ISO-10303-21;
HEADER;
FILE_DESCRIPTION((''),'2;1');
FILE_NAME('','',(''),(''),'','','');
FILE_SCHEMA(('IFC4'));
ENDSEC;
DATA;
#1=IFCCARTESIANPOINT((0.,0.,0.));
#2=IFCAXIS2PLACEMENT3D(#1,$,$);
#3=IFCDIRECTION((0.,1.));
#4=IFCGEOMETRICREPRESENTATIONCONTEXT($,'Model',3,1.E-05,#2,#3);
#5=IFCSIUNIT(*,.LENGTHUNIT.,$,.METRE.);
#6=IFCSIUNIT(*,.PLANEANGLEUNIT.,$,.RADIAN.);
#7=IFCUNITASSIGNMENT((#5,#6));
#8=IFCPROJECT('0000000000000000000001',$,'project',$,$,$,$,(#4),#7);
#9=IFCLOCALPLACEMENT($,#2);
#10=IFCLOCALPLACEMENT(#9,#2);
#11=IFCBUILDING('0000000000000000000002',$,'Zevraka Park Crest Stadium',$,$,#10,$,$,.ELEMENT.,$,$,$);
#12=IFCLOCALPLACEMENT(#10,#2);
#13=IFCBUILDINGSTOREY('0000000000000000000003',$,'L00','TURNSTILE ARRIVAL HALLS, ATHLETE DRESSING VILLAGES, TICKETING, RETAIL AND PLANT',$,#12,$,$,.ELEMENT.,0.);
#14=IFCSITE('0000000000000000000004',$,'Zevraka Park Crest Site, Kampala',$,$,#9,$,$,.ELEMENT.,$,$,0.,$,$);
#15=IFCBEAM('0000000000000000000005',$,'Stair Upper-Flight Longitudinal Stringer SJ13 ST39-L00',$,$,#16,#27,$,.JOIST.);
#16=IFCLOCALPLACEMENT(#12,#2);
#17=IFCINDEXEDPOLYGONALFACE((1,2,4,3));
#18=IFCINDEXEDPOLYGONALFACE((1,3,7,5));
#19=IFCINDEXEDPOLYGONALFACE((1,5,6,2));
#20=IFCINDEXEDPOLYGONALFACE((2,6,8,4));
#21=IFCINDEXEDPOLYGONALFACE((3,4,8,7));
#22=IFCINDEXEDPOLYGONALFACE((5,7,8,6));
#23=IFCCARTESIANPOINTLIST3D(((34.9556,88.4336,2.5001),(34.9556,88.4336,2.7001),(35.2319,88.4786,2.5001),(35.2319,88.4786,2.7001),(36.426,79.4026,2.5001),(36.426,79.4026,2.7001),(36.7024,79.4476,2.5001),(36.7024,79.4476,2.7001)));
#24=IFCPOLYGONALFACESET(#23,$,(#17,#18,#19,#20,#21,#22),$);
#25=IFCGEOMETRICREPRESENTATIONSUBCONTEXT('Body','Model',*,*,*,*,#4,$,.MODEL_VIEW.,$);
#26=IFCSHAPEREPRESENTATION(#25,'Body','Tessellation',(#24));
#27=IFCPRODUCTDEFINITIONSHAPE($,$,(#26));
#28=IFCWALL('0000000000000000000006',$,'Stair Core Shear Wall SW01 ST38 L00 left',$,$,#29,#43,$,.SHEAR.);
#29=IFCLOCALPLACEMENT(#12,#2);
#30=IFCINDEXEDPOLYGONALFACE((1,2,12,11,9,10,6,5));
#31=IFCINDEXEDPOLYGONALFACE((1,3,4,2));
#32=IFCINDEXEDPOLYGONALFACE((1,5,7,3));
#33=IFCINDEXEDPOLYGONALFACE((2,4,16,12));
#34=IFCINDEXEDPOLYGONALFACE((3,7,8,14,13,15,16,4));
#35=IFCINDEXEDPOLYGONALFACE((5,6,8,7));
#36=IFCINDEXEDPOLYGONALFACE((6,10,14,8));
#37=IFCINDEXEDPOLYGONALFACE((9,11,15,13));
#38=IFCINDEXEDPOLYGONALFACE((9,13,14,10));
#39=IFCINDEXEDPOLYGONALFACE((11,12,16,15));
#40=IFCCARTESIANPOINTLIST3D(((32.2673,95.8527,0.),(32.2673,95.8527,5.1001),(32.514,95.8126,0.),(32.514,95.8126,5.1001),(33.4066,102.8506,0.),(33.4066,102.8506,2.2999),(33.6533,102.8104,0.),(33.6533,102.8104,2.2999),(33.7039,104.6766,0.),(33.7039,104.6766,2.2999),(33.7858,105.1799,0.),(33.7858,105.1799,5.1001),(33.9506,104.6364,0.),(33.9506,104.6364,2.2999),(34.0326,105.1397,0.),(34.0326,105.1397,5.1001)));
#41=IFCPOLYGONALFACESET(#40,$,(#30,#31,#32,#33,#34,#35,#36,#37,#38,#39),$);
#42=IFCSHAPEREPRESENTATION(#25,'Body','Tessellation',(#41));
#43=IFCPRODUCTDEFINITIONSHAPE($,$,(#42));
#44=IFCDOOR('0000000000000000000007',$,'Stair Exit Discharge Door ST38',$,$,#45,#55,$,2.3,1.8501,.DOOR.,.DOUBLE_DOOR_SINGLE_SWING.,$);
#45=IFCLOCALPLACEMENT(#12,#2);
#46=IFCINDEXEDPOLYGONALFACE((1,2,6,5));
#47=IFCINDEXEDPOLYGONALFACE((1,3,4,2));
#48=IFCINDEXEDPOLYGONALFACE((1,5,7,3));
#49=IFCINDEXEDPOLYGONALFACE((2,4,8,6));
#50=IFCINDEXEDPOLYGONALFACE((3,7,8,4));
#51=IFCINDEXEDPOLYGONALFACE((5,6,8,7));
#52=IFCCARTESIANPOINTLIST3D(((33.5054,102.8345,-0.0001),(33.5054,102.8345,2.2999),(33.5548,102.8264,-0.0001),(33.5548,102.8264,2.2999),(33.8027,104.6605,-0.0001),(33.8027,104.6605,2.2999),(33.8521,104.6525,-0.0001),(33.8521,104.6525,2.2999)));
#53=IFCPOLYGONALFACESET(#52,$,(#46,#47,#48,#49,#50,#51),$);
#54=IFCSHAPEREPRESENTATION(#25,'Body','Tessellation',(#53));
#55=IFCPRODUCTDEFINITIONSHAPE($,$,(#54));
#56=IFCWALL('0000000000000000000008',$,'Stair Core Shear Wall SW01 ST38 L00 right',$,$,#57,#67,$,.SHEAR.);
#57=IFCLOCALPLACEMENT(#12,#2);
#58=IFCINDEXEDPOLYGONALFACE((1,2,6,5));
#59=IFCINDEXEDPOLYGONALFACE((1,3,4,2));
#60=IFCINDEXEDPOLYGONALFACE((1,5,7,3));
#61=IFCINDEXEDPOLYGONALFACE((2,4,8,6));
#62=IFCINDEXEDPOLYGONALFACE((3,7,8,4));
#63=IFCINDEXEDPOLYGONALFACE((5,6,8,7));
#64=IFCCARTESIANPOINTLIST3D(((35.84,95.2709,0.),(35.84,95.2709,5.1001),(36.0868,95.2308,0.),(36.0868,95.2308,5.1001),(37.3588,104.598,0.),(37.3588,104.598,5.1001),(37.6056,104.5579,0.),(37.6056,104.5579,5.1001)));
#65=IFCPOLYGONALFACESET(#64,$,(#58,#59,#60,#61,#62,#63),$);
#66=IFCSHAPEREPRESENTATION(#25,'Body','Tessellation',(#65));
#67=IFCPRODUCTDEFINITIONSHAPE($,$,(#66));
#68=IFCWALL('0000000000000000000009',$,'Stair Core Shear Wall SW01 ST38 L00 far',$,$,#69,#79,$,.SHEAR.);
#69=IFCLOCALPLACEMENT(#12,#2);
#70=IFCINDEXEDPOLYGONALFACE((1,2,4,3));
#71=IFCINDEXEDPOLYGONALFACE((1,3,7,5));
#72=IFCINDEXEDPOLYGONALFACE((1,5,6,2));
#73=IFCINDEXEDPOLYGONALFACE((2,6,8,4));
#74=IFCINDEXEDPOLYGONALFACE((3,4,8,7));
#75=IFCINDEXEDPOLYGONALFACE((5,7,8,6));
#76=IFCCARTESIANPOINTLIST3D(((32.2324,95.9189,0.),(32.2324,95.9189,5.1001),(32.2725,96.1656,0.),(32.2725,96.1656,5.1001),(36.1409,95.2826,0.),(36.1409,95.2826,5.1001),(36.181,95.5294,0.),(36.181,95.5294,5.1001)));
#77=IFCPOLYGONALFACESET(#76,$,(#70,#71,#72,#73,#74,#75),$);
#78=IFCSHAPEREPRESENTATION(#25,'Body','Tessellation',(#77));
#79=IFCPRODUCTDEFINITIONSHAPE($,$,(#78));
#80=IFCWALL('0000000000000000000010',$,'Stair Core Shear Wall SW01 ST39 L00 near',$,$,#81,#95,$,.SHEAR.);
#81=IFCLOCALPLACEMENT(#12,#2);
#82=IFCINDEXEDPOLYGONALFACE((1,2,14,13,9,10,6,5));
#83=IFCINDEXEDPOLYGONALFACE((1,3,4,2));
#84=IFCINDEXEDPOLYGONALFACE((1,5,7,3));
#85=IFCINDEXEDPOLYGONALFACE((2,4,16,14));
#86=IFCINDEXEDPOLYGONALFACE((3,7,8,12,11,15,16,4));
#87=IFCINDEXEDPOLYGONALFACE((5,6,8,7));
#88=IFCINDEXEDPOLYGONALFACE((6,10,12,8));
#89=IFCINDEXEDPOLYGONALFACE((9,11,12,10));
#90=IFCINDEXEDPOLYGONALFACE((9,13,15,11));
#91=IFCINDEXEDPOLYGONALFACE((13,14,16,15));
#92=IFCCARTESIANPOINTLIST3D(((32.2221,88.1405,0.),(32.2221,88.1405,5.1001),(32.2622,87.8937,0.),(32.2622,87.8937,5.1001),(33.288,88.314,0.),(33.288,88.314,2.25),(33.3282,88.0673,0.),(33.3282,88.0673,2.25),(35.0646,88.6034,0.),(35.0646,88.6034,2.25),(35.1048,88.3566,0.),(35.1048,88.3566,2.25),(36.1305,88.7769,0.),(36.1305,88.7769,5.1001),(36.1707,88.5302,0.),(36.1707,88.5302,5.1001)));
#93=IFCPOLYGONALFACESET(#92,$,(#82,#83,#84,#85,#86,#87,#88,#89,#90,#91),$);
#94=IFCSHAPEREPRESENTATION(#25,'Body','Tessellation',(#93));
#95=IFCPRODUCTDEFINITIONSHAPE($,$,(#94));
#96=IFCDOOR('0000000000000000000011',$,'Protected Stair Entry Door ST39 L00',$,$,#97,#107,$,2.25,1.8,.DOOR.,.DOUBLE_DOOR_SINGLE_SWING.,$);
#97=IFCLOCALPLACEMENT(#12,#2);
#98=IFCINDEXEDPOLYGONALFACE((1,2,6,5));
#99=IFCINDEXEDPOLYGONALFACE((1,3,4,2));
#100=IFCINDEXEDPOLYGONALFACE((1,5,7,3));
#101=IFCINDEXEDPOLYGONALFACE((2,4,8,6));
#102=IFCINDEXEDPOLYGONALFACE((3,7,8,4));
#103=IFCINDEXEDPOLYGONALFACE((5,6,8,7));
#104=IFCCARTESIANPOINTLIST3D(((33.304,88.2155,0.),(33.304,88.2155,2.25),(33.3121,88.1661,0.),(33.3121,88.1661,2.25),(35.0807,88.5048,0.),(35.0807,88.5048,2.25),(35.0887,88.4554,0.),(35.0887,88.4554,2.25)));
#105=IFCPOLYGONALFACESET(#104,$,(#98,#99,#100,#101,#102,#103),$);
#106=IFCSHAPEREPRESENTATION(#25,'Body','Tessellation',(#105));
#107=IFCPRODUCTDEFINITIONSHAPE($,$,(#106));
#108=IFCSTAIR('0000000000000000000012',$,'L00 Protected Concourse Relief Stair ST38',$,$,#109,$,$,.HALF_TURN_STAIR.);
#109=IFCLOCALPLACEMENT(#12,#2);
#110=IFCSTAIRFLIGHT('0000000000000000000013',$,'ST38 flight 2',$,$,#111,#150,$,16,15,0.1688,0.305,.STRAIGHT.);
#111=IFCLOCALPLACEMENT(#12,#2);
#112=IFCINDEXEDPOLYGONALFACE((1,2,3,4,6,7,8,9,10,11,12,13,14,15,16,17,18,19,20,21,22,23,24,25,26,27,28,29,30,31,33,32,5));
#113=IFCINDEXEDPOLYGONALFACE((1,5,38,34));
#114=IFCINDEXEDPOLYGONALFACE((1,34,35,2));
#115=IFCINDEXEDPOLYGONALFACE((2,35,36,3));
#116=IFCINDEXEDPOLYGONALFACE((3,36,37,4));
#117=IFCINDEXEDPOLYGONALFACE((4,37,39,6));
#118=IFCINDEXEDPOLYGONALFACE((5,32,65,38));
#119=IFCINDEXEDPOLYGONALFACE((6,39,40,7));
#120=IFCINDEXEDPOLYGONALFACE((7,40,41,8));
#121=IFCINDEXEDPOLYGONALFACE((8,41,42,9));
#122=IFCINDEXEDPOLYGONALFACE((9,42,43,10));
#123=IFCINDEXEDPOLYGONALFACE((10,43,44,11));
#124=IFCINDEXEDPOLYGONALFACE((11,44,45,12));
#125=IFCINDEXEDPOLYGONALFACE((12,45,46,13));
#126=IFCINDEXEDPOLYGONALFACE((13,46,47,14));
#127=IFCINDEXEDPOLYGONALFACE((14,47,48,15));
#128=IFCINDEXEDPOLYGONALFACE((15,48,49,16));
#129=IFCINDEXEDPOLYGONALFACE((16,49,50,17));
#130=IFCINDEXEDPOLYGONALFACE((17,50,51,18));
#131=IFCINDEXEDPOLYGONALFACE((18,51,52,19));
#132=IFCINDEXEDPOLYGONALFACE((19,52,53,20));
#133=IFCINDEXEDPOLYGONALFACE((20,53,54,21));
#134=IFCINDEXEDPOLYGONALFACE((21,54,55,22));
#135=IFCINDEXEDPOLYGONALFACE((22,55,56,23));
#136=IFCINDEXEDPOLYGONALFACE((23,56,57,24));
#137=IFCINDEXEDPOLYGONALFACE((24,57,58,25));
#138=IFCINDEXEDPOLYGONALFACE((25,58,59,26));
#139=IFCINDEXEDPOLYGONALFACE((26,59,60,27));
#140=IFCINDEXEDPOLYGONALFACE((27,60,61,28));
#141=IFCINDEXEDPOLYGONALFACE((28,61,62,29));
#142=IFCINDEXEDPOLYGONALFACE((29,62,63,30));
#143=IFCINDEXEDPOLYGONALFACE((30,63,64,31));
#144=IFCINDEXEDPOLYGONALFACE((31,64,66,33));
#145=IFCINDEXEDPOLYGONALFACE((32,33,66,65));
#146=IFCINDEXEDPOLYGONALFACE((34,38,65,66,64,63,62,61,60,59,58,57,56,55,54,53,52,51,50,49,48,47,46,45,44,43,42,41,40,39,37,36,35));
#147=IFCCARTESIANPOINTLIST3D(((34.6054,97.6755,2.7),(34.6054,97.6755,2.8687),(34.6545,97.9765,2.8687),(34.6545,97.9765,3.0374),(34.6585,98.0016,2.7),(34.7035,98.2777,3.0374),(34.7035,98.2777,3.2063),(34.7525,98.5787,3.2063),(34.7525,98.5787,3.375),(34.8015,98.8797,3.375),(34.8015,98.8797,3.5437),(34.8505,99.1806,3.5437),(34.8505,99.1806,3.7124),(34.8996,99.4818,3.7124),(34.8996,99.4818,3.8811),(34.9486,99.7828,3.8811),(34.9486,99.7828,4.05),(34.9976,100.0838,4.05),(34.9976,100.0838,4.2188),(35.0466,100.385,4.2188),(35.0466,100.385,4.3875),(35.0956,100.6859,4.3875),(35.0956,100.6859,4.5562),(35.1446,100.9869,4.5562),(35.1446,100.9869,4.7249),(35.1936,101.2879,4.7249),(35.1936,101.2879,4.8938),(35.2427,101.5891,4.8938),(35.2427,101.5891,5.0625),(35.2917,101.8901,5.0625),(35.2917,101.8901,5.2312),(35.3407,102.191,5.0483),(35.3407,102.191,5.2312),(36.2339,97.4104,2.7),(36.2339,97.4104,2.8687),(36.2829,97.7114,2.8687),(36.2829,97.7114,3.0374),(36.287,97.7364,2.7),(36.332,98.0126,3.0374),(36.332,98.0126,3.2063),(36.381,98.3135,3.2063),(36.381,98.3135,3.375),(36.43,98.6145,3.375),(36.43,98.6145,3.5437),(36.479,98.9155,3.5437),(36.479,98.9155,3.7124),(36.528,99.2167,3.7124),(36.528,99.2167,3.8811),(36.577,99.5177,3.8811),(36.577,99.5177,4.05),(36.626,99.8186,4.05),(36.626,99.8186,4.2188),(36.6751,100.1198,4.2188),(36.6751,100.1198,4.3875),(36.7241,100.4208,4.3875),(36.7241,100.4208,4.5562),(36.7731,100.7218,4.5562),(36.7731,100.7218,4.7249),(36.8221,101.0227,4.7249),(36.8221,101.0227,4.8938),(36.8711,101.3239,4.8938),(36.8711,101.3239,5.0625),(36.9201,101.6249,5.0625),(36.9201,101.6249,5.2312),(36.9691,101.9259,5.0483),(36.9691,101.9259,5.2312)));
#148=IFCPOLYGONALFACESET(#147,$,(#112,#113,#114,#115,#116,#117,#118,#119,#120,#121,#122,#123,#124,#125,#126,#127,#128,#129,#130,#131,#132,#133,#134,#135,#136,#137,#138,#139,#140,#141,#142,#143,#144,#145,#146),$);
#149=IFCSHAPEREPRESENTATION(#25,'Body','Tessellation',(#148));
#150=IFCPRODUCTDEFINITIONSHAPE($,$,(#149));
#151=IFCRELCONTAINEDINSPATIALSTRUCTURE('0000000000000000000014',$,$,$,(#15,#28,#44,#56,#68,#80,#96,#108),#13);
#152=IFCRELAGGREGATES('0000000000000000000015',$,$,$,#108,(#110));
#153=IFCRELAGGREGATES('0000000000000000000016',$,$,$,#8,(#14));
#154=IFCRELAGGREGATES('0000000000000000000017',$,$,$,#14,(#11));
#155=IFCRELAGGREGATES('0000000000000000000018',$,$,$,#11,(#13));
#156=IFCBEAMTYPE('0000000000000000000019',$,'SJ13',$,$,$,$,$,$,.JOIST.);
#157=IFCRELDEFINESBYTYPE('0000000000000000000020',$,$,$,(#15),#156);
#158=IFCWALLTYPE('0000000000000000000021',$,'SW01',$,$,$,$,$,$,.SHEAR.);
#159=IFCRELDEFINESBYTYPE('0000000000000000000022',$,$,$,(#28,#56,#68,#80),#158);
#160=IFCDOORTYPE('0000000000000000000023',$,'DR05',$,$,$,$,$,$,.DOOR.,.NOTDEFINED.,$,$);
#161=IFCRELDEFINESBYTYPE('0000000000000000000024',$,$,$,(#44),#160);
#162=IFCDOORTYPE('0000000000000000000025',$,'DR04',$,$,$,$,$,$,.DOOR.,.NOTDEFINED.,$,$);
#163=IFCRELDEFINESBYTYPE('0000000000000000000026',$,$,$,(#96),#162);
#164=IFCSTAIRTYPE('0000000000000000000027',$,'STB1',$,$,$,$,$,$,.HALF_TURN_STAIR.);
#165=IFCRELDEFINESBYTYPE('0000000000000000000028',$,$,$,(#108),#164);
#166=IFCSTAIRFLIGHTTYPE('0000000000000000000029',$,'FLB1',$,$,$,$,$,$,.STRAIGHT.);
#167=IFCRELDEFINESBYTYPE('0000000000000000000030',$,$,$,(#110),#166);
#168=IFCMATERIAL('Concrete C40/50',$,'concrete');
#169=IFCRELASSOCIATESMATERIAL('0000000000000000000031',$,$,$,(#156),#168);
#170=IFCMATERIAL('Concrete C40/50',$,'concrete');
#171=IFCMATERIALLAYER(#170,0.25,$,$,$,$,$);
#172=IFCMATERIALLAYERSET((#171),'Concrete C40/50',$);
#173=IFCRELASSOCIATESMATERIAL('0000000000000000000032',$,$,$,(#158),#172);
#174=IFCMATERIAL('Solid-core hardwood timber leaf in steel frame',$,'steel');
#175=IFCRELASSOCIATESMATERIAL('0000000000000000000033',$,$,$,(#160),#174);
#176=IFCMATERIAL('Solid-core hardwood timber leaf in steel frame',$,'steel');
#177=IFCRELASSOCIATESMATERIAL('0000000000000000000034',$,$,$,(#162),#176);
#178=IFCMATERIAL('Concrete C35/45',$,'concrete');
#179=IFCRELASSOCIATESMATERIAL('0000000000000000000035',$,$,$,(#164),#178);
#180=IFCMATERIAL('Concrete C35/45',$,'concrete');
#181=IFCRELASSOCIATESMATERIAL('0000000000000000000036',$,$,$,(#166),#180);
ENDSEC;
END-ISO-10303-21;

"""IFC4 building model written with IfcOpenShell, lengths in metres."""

from ifc_helpers import new_model, si_unit, direction, frame, frame_2d, origin, origin_2d, place, context, subcontext, project, spatial, polyline, rectangle, outline, extrude, material, layer, layer_set, material_profile, profile_set, type_object, element, fill, aggregate, save


model = new_model("IFC4")

# Units and contexts
model_context = context("Model", 3, precision=1e-05, world=origin(), true_north=direction((0.0, 1.0)))
body_context = subcontext(model_context, "Body", "Model", "MODEL_VIEW")
ifc_project = project(units=[si_unit("LENGTHUNIT", "METRE"), si_unit("PLANEANGLEUNIT", "RADIAN")], contexts=[model_context])

# Site, building, storey
site_placement = place(None, origin())
site = spatial("IfcSite", under=ifc_project, at=site_placement, Name="Zevraka Park Crest Site, Kampala", CompositionType="ELEMENT", RefElevation=0.0)
building_placement = place(site_placement, origin())
building = spatial("IfcBuilding", under=site, at=building_placement, Name="Zevraka Park Crest Stadium", CompositionType="ELEMENT")
storey_placement = place(building_placement, origin())
storey = spatial("IfcBuildingStorey", under=building, at=storey_placement, Name="L00", Description="TURNSTILE ARRIVAL HALLS, ATHLETE DRESSING VILLAGES, TICKETING, RETAIL AND PLANT", CompositionType="ELEMENT", Elevation=0.0)

# Beam
ifc_material_1 = material(Name="Concrete C40/50", Category="concrete")
ifc_material_profile_1 = material_profile(ifc_material_1, rectangle(XDim=0.28, YDim=0.2, at=origin_2d()), Name="RC 200x280")
ifc_profile_set_1 = profile_set([ifc_material_profile_1], Name="Concrete C40/50")
beam_type = type_object("IfcBeamType", Name="SJ13", PredefinedType="JOIST", material=ifc_profile_set_1)
beam_placement = place(storey_placement, frame((35.0938, 88.4561, 2.6001), z_axis=(0.160707, -0.987002, 0.0), x_axis=(0.987002, 0.160707, 0.0)))
element("IfcBeam", 1, at=beam_placement, inside=storey, type_object=beam_type, Name="Stair Upper-Flight Longitudinal Stringer SJ13 ST39-L00", PredefinedType="JOIST", context=body_context, shape_type="SweptSolid", body=[
    extrude(rectangle(XDim=0.28, YDim=0.2, at=origin_2d()), origin(), (0.0, 0.0, 1.0), 9.1499),
])

# Wall, opening, door
ifc_material_2 = material(Name="Concrete C40/50", Category="concrete")
ifc_layer = layer(ifc_material_2, 0.25)
ifc_layer_set = layer_set([ifc_layer], Name="Concrete C40/50")
wall_type = type_object("IfcWallType", Name="SW01", PredefinedType="SHEAR", material=ifc_layer_set)
wall_1_placement = place(storey_placement, frame((32.3906, 95.8325, 0.0), z_axis=(0.0, 0.0, 1.0), x_axis=(0.160694, 0.987004, 0.0)))
wall_1 = element("IfcWall", 2, at=wall_1_placement, inside=storey, type_object=wall_type, Name="Stair Core Shear Wall SW01 ST38 L00 left", PredefinedType="SHEAR", context=body_context, shape_type="SweptSolid", body=[
    extrude(rectangle(XDim=9.45, YDim=0.25, at=frame_2d((4.7251, 0.0))), origin(), (0.0, 0.0, 1.0), 5.1001),
])
opening_1_placement = place(wall_1_placement, frame((7.0901, 0.0, 0.0)))
opening_1 = element("IfcOpeningElement", 3, at=opening_1_placement, cuts=wall_1, PredefinedType="OPENING", context=body_context, shape_type="SweptSolid", body=[
    extrude(rectangle(XDim=1.8501, YDim=2.3, at=frame_2d((0.925, 1.1499))), frame((0.0, 0.135, 0.0), z_axis=(0.0, -1.0, 0.0), x_axis=(1.0, 0.0, 0.0)), (0.0, 0.0, 1.0), 0.27),
])
ifc_material_3 = material(Name="Solid-core hardwood timber leaf in steel frame", Category="steel")
door_type_1 = type_object("IfcDoorType", Name="DR05", OperationType="NOTDEFINED", PredefinedType="DOOR", material=ifc_material_3)
door_1_placement = place(opening_1_placement, origin())
door_1 = element("IfcDoor", 4, at=door_1_placement, inside=storey, type_object=door_type_1, Name="Stair Exit Discharge Door ST38", OperationType="DOUBLE_DOOR_SINGLE_SWING", OverallHeight=2.3, OverallWidth=1.8501, PredefinedType="DOOR", context=body_context, shape_type="SweptSolid", body=[
    extrude(rectangle(XDim=1.8501, YDim=2.3, at=frame_2d((0.925, 1.1499))), frame((0.0, 0.0249, 0.0), z_axis=(0.0, -1.0, 0.0), x_axis=(1.0, 0.0, 0.0)), (0.0, 0.0, 1.0), 0.05),
])
fill(opening_1, door_1)

# Walls
wall_2_placement = place(storey_placement, frame((35.9634, 95.2507, 0.0), z_axis=(0.0, 0.0, 1.0), x_axis=(0.160719, 0.987, 0.0)))
element("IfcWall", 5, at=wall_2_placement, inside=storey, type_object=wall_type, Name="Stair Core Shear Wall SW01 ST38 L00 right", PredefinedType="SHEAR", context=body_context, shape_type="SweptSolid", body=[
    extrude(rectangle(XDim=9.45, YDim=0.25, at=frame_2d((4.7251, 0.0))), origin(), (0.0, 0.0, 1.0), 5.1001),
])
wall_3_placement = place(storey_placement, frame((32.2524, 96.0422, 0.0), z_axis=(0.0, 0.0, 1.0), x_axis=(0.987008, -0.160669, 0.0)))
element("IfcWall", 6, at=wall_3_placement, inside=storey, type_object=wall_type, Name="Stair Core Shear Wall SW01 ST38 L00 far", PredefinedType="SHEAR", context=body_context, shape_type="SweptSolid", body=[
    extrude(rectangle(XDim=3.96, YDim=0.25, at=frame_2d((1.98, 0.0))), origin(), (0.0, 0.0, 1.0), 5.1001),
])

# Wall, opening, door
wall_4_placement = place(storey_placement, frame((36.1506, 88.6536, 0.0), z_axis=(0.0, 0.0, 1.0), x_axis=(-0.986999, -0.160729, 0.0)))
wall_4 = element("IfcWall", 7, at=wall_4_placement, inside=storey, type_object=wall_type, Name="Stair Core Shear Wall SW01 ST39 L00 near", PredefinedType="SHEAR", context=body_context, shape_type="SweptSolid", body=[
    extrude(rectangle(XDim=3.96, YDim=0.25, at=frame_2d((1.98, 0.0))), origin(), (0.0, 0.0, 1.0), 5.1001),
])
opening_2_placement = place(wall_4_placement, frame((1.0801, 0.0, 0.0)))
opening_2 = element("IfcOpeningElement", 8, at=opening_2_placement, cuts=wall_4, PredefinedType="OPENING", context=body_context, shape_type="SweptSolid", body=[
    extrude(rectangle(XDim=1.8, YDim=2.25, at=frame_2d((0.8999, 1.125))), frame((0.0, 0.135, 0.0), z_axis=(0.0, -1.0, 0.0), x_axis=(1.0, 0.0, 0.0)), (0.0, 0.0, 1.0), 0.27),
])
ifc_material_4 = material(Name="Solid-core hardwood timber leaf in steel frame", Category="steel")
door_type_2 = type_object("IfcDoorType", Name="DR04", OperationType="NOTDEFINED", PredefinedType="DOOR", material=ifc_material_4)
door_2_placement = place(opening_2_placement, origin())
door_2 = element("IfcDoor", 9, at=door_2_placement, inside=storey, type_object=door_type_2, Name="Protected Stair Entry Door ST39 L00", OperationType="DOUBLE_DOOR_SINGLE_SWING", OverallHeight=2.25, OverallWidth=1.8, PredefinedType="DOOR", context=body_context, shape_type="SweptSolid", body=[
    extrude(rectangle(XDim=1.8, YDim=2.25, at=frame_2d((0.8999, 1.125))), frame((0.0, 0.0249, 0.0), z_axis=(0.0, -1.0, 0.0), x_axis=(1.0, 0.0, 0.0)), (0.0, 0.0, 1.0), 0.05),
])
fill(opening_2, door_2)

# Stair, stair flight
ifc_material_5 = material(Name="Concrete C35/45", Category="concrete")
stair_type = type_object("IfcStairType", Name="STB1", PredefinedType="HALF_TURN_STAIR", material=ifc_material_5)
stair_1_placement = place(storey_placement, origin())
stair_1 = element("IfcStair", 10, at=stair_1_placement, inside=storey, type_object=stair_type, Name="L00 Protected Concourse Relief Stair ST38", PredefinedType="HALF_TURN_STAIR")
ifc_material_6 = material(Name="Concrete C35/45", Category="concrete")
stair_flight_type = type_object("IfcStairFlightType", Name="FLB1", PredefinedType="STRAIGHT", material=ifc_material_6)
stair_flight_1_placement = place(storey_placement, frame((35.4197, 97.543, 2.7), z_axis=(0.0, 0.0, 1.0), x_axis=(0.160706, 0.987002, 0.0)))
stair_flight_1 = element("IfcStairFlight", 11, at=stair_flight_1_placement, type_object=stair_flight_type, Name="ST38 flight 2", NumberOfRisers=16, NumberOfTreads=15, PredefinedType="STRAIGHT", RiserHeight=0.1688, TreadLength=0.305, context=body_context, shape_type="SweptSolid", body=[
    extrude(outline(polyline([(0.0, 0.0), (0.0, 0.1687), (0.3049, 0.1687), (0.3049, 0.3374), (0.6101, 0.3374), (0.6101, 0.5063), (0.915, 0.5063), (0.915, 0.675), (1.22, 0.675), (1.22, 0.8438), (1.5249, 0.8438), (1.5249, 1.0125), (1.8301, 1.0125), (1.8301, 1.1812), (2.135, 1.1812), (2.135, 1.3501), (2.4399, 1.3501), (2.4399, 1.5188), (2.7451, 1.5188), (2.7451, 1.6875), (3.05, 1.6875), (3.05, 1.8562), (3.355, 1.8562), (3.355, 2.0249), (3.6599, 2.0249), (3.6599, 2.1938), (3.9651, 2.1938), (3.9651, 2.3625), (4.27, 2.3625), (4.27, 2.5312), (4.575, 2.5312), (4.575, 2.7), (4.575, 2.3484), (0.3303, 0.0), (0.0, 0.0)])), frame((0.0, 0.825, 0.0), z_axis=(0.0, -1.0, 0.0), x_axis=(1.0, 0.0, 0.0)), (0.0, 0.0, 1.0), 1.6499),
])
aggregate(stair_1, [stair_flight_1])

save(model, "model.ifc")
